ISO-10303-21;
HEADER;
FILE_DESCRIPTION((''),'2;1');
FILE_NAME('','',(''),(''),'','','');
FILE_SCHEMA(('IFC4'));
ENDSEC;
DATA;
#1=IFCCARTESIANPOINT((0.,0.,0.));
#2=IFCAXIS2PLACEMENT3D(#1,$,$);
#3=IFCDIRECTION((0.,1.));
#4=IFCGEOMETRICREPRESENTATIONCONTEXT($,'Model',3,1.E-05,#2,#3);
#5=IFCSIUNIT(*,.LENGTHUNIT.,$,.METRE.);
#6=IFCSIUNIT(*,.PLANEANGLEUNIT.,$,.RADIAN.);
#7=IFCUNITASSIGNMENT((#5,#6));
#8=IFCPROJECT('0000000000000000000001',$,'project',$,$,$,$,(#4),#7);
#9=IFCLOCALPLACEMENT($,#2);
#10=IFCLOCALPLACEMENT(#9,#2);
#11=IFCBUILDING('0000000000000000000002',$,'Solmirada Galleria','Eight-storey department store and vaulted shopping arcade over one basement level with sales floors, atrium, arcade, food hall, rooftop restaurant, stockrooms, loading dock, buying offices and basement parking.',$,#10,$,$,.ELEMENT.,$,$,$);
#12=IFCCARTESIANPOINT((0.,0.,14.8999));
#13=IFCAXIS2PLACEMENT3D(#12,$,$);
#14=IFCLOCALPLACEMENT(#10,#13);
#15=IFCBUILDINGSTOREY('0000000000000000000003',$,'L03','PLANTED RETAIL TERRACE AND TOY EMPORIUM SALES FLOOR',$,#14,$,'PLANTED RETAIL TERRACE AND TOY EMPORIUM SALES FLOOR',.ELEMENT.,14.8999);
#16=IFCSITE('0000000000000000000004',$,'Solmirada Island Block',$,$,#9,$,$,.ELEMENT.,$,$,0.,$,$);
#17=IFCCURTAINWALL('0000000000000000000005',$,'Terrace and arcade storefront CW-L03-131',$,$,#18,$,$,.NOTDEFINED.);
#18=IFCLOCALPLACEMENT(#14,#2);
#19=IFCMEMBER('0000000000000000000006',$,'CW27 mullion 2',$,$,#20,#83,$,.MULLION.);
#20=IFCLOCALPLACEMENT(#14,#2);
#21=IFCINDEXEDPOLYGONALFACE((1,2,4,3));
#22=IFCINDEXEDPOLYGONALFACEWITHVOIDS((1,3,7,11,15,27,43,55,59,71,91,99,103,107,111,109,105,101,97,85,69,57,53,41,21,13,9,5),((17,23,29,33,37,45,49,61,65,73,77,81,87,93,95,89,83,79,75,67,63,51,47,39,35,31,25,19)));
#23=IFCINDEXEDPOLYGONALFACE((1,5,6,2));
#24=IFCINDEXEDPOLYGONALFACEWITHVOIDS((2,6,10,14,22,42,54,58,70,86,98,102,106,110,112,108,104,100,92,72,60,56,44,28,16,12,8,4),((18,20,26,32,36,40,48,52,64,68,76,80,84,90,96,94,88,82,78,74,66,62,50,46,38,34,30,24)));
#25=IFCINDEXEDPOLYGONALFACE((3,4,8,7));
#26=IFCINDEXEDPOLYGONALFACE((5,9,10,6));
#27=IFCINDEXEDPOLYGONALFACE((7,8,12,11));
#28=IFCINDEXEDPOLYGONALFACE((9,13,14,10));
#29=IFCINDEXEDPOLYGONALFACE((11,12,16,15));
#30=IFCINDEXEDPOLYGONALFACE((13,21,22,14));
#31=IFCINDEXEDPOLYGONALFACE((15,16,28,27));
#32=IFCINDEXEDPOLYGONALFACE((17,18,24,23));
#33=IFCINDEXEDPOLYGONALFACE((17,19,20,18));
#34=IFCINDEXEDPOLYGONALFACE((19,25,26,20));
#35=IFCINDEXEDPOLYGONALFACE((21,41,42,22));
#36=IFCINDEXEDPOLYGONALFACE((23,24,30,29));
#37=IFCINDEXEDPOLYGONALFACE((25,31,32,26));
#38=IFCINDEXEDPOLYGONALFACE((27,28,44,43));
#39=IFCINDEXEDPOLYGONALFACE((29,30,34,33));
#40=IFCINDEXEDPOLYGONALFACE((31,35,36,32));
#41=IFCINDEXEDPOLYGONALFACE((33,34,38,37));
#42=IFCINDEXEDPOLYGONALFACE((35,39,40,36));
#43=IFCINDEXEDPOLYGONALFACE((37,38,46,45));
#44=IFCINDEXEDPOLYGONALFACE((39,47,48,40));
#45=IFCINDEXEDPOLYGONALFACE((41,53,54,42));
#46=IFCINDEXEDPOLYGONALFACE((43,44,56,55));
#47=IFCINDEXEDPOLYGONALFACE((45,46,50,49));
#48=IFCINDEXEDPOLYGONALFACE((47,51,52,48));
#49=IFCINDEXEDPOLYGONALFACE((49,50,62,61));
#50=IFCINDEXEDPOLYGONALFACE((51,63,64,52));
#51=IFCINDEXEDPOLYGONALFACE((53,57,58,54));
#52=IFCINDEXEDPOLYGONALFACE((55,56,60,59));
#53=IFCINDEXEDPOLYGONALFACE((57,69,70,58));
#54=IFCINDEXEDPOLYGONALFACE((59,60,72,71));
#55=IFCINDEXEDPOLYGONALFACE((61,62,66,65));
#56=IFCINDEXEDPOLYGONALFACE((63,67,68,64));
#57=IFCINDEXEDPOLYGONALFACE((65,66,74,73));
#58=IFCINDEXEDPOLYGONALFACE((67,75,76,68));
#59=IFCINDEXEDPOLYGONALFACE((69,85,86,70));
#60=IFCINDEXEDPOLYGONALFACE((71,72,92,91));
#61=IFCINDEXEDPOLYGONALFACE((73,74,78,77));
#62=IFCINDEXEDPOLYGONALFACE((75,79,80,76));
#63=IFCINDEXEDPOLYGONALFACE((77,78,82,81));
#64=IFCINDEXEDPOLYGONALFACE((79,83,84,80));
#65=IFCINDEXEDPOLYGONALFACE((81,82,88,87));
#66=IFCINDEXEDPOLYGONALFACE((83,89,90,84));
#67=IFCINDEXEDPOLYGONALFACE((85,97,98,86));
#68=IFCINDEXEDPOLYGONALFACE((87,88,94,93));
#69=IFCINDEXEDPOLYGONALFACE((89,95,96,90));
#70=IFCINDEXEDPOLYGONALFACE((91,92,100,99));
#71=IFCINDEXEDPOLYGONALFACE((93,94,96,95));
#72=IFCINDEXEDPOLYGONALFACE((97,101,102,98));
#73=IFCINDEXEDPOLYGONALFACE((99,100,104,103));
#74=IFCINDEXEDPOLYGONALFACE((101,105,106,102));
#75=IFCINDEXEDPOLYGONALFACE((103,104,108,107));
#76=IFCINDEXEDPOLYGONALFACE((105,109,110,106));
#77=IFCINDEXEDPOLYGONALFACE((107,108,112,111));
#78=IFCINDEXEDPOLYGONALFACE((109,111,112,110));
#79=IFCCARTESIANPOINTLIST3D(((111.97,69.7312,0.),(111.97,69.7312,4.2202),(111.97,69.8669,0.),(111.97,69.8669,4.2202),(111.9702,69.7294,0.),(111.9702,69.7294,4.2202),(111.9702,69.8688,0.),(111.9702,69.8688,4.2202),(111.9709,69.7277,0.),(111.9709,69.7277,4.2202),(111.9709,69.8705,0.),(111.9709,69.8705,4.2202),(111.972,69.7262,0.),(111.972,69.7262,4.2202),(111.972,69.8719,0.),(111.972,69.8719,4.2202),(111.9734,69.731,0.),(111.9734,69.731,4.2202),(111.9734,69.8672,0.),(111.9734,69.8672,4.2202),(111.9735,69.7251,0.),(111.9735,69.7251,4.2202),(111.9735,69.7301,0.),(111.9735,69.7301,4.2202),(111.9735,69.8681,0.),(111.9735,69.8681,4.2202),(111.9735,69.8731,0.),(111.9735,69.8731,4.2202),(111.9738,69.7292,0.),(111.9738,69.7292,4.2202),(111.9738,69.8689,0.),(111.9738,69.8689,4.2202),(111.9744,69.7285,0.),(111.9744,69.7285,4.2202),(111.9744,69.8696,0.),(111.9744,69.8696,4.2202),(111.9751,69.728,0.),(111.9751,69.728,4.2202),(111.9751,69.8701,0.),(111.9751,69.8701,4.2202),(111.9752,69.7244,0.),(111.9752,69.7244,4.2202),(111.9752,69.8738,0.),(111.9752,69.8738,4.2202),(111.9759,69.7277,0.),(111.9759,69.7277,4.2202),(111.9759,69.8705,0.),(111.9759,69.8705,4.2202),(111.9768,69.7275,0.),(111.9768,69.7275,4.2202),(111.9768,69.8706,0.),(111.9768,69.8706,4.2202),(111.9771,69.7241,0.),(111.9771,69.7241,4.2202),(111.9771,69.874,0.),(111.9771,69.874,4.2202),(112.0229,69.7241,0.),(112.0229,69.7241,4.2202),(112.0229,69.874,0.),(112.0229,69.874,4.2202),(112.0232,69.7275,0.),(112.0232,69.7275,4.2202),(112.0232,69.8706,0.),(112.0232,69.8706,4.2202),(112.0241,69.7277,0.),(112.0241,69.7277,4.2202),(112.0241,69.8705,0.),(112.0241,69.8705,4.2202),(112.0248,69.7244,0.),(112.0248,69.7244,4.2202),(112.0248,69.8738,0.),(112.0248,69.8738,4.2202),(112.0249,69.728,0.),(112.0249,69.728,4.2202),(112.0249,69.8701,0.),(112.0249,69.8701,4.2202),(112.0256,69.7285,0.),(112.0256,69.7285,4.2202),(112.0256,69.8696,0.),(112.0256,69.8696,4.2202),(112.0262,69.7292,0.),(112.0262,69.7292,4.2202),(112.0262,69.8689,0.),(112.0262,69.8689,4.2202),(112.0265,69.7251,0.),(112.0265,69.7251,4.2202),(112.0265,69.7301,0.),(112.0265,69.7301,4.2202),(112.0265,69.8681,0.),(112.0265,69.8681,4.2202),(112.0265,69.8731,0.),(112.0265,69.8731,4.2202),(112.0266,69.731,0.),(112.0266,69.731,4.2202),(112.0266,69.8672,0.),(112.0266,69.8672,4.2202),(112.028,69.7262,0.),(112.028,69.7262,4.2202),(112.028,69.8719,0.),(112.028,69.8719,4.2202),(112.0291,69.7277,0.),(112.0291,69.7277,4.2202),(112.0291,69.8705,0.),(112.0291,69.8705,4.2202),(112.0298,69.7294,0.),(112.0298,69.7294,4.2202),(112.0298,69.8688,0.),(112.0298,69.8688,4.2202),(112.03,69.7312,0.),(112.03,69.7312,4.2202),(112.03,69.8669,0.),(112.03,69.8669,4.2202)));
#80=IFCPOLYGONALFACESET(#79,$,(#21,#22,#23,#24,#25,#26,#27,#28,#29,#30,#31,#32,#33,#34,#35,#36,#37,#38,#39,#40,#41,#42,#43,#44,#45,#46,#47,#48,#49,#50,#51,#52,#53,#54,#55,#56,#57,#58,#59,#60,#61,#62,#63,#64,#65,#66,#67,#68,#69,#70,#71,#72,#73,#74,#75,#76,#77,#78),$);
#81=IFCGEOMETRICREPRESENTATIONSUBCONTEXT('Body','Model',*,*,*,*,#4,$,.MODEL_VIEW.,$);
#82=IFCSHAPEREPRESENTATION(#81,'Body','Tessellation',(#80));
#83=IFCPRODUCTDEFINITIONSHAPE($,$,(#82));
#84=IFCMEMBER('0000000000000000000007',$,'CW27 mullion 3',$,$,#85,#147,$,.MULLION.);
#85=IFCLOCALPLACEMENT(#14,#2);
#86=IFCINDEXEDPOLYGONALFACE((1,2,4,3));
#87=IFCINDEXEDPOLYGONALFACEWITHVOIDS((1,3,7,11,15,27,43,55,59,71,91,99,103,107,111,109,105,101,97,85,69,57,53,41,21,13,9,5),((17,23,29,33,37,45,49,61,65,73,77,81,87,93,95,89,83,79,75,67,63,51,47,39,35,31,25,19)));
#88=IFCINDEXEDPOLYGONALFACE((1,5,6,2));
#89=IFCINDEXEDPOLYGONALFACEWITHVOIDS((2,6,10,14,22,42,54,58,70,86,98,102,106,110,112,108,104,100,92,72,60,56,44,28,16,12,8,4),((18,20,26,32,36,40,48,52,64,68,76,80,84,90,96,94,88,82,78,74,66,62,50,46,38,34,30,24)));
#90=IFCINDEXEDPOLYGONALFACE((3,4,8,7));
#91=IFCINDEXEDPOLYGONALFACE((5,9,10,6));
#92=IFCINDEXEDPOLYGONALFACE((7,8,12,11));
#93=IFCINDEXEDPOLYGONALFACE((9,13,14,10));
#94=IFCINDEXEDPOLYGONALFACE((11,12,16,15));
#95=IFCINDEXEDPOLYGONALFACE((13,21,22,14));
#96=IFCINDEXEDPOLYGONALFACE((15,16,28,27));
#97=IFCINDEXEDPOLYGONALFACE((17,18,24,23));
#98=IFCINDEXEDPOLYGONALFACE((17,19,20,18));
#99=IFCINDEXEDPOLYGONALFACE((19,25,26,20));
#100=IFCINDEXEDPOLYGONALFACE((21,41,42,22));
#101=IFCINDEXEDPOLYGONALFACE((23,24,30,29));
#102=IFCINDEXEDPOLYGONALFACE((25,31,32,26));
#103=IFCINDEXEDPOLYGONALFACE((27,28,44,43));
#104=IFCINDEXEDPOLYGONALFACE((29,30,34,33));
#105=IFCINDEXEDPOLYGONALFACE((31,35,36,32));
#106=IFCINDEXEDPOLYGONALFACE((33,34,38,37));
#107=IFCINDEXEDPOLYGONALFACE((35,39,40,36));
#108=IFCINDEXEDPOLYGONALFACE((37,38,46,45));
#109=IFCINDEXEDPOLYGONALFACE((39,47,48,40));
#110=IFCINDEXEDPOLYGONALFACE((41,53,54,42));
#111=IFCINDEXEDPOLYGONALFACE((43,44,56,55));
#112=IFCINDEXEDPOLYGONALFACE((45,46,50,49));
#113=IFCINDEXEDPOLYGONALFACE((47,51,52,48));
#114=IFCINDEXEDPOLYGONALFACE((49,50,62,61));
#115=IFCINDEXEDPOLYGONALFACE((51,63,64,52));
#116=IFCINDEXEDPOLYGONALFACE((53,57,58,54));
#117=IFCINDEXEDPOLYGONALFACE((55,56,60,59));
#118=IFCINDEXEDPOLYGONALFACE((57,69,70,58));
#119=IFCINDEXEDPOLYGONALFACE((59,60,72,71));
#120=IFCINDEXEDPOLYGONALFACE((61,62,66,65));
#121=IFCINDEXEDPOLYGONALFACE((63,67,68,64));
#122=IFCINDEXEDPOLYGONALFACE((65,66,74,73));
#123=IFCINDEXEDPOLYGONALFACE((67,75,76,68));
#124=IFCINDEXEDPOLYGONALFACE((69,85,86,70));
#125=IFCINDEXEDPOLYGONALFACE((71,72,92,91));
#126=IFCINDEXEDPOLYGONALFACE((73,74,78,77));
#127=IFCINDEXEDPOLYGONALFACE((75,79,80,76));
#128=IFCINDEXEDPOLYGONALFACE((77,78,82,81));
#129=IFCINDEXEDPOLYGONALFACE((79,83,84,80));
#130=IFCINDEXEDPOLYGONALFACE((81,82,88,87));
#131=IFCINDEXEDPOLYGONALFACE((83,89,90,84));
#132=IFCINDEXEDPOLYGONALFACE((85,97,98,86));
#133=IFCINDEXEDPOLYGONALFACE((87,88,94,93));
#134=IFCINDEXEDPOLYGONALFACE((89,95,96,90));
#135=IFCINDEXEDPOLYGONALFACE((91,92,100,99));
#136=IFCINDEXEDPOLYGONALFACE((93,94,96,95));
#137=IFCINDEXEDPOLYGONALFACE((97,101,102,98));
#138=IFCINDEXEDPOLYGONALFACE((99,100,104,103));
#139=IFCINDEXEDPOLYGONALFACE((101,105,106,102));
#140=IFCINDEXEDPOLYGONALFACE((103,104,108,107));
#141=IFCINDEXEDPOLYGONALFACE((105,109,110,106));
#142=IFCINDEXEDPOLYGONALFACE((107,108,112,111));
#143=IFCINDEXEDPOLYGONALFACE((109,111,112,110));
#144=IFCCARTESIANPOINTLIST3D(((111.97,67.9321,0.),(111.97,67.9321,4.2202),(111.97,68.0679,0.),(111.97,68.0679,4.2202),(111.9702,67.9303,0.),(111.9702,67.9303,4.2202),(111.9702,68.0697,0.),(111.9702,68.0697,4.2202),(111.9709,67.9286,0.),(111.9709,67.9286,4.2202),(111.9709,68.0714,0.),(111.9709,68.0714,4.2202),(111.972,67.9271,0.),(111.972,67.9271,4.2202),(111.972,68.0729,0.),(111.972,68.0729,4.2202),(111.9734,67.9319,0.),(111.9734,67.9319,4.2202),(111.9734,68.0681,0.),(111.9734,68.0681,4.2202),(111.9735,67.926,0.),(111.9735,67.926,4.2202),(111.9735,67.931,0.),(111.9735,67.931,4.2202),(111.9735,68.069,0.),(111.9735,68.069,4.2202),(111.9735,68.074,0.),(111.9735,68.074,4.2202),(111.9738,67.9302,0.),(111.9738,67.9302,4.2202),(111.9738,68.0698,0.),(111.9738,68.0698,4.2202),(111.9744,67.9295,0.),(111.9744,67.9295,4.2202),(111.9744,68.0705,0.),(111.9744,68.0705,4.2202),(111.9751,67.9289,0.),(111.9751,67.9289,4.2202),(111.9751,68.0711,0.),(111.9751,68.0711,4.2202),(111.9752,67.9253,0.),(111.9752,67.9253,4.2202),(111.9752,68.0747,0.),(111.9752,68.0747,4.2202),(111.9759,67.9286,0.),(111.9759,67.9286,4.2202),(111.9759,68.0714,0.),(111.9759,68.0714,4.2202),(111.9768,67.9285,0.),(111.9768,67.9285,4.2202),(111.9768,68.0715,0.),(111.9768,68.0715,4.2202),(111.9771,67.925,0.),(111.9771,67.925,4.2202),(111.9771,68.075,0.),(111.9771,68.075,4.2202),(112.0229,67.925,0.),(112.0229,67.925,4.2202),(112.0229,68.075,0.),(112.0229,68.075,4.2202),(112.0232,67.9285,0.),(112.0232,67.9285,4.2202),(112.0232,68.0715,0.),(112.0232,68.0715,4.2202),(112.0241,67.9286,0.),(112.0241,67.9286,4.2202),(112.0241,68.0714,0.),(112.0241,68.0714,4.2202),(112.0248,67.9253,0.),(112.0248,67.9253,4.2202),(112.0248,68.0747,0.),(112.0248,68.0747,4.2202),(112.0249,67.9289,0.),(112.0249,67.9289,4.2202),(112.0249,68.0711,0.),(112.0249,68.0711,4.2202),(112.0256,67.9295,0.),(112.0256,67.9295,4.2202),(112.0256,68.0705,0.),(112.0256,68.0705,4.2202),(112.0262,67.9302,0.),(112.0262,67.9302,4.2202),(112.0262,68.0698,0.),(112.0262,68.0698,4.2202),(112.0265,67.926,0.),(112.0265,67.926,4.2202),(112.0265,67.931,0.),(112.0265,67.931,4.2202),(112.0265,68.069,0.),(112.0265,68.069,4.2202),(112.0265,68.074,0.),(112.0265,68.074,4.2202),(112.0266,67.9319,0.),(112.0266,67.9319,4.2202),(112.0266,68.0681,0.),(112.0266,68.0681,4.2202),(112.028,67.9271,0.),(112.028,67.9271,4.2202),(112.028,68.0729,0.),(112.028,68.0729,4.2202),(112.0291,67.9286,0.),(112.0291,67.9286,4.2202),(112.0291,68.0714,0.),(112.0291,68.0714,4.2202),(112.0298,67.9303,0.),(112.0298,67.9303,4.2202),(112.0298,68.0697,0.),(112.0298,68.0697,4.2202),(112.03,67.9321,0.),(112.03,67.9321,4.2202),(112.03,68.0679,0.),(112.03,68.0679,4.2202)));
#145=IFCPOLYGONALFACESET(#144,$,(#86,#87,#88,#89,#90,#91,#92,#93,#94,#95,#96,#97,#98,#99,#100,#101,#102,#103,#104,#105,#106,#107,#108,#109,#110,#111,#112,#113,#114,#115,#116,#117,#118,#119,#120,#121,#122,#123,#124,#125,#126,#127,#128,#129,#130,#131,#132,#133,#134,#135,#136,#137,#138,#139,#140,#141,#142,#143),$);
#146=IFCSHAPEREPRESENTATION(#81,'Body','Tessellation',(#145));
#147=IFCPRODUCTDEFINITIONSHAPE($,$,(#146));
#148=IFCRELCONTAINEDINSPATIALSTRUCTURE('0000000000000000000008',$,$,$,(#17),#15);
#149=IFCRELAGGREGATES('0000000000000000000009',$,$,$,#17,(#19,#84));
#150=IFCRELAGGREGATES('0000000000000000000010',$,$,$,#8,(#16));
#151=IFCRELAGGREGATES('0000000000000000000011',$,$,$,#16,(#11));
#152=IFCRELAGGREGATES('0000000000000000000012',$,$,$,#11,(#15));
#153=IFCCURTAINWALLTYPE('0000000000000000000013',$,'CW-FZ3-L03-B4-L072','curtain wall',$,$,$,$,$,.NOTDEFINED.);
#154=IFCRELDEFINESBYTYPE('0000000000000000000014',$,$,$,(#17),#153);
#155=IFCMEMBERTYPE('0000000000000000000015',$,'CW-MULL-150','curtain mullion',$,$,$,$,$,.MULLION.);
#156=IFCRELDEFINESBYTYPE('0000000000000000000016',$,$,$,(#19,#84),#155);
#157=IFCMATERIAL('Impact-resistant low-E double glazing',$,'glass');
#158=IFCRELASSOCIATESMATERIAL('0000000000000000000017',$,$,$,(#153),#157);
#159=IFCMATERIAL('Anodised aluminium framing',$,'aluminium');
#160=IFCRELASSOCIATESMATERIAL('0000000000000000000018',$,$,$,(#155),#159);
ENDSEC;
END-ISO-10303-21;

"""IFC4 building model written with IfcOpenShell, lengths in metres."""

from ifc_helpers import new_model, si_unit, direction, frame, origin, origin_2d, place, context, subcontext, project, spatial, hollow_rectangle, extrude, material, material_profile, profile_set, type_object, element, aggregate, save


model = new_model("IFC4")

# Units and contexts
model_context = context("Model", 3, precision=1e-05, world=origin(), true_north=direction((0.0, 1.0)))
body_context = subcontext(model_context, "Body", "Model", "MODEL_VIEW")
ifc_project = project(units=[si_unit("LENGTHUNIT", "METRE"), si_unit("PLANEANGLEUNIT", "RADIAN")], contexts=[model_context])

# Site, building, storey
site_placement = place(None, origin())
site = spatial("IfcSite", under=ifc_project, at=site_placement, Name="Solmirada Island Block", CompositionType="ELEMENT", RefElevation=0.0)
building_placement = place(site_placement, origin())
building = spatial("IfcBuilding", under=site, at=building_placement, Name="Solmirada Galleria", Description="Eight-storey department store and vaulted shopping arcade over one basement level with sales floors, atrium, arcade, food hall, rooftop restaurant, stockrooms, loading dock, buying offices and basement parking.", CompositionType="ELEMENT")
storey_placement = place(building_placement, frame((0.0, 0.0, 14.8999)))
storey = spatial("IfcBuildingStorey", under=building, at=storey_placement, Name="L03", Description="PLANTED RETAIL TERRACE AND TOY EMPORIUM SALES FLOOR", LongName="PLANTED RETAIL TERRACE AND TOY EMPORIUM SALES FLOOR", CompositionType="ELEMENT", Elevation=14.8999)

# Curtain wall, members
ifc_material_1 = material(Name="Impact-resistant low-E double glazing", Category="glass")
curtain_wall_type = type_object("IfcCurtainWallType", Name="CW-FZ3-L03-B4-L072", Description="curtain wall", PredefinedType="NOTDEFINED", material=ifc_material_1)
curtain_wall_placement = place(storey_placement, origin())
curtain_wall = element("IfcCurtainWall", 1, at=curtain_wall_placement, inside=storey, type_object=curtain_wall_type, Name="Terrace and arcade storefront CW-L03-131", PredefinedType="NOTDEFINED")
ifc_material_2 = material(Name="Anodised aluminium framing", Category="aluminium")
ifc_material_profile_1 = material_profile(ifc_material_2, hollow_rectangle(XDim=0.0601, YDim=0.1499, WallThickness=0.0034, InnerFilletRadius=0.0034, OuterFilletRadius=0.0071, at=origin_2d()), Name="ALU-MULL-150X60")
ifc_profile_set_1 = profile_set([ifc_material_profile_1], Name="Anodised aluminium framing")
member_type_1 = type_object("IfcMemberType", Name="CW-MULL-150", Description="curtain mullion", PredefinedType="MULLION", material=ifc_profile_set_1)
member_1_placement = place(storey_placement, frame((112.0, 69.7991, 0.0), z_axis=(0.0, 0.0, 1.0), x_axis=(1.0, 0.0, 0.0)))
member_1 = element("IfcMember", 2, at=member_1_placement, type_object=member_type_1, Name="CW27 mullion 2", PredefinedType="MULLION", context=body_context, shape_type="SweptSolid", body=[
    extrude(hollow_rectangle(XDim=0.0601, YDim=0.1499, WallThickness=0.0034, InnerFilletRadius=0.0034, OuterFilletRadius=0.0071, at=origin_2d()), origin(), (0.0, 0.0, 1.0), 4.2202),
])
member_2_placement = place(storey_placement, frame((112.0, 68.0, 0.0), z_axis=(0.0, 0.0, 1.0), x_axis=(1.0, 0.0, 0.0)))
member_2 = element("IfcMember", 3, at=member_2_placement, type_object=member_type_1, Name="CW27 mullion 3", PredefinedType="MULLION", context=body_context, shape_type="SweptSolid", body=[
    extrude(hollow_rectangle(XDim=0.0601, YDim=0.1499, WallThickness=0.0034, InnerFilletRadius=0.0034, OuterFilletRadius=0.0071, at=origin_2d()), origin(), (0.0, 0.0, 1.0), 4.2202),
])
aggregate(curtain_wall, [member_1, member_2])

save(model, "model.ifc")
